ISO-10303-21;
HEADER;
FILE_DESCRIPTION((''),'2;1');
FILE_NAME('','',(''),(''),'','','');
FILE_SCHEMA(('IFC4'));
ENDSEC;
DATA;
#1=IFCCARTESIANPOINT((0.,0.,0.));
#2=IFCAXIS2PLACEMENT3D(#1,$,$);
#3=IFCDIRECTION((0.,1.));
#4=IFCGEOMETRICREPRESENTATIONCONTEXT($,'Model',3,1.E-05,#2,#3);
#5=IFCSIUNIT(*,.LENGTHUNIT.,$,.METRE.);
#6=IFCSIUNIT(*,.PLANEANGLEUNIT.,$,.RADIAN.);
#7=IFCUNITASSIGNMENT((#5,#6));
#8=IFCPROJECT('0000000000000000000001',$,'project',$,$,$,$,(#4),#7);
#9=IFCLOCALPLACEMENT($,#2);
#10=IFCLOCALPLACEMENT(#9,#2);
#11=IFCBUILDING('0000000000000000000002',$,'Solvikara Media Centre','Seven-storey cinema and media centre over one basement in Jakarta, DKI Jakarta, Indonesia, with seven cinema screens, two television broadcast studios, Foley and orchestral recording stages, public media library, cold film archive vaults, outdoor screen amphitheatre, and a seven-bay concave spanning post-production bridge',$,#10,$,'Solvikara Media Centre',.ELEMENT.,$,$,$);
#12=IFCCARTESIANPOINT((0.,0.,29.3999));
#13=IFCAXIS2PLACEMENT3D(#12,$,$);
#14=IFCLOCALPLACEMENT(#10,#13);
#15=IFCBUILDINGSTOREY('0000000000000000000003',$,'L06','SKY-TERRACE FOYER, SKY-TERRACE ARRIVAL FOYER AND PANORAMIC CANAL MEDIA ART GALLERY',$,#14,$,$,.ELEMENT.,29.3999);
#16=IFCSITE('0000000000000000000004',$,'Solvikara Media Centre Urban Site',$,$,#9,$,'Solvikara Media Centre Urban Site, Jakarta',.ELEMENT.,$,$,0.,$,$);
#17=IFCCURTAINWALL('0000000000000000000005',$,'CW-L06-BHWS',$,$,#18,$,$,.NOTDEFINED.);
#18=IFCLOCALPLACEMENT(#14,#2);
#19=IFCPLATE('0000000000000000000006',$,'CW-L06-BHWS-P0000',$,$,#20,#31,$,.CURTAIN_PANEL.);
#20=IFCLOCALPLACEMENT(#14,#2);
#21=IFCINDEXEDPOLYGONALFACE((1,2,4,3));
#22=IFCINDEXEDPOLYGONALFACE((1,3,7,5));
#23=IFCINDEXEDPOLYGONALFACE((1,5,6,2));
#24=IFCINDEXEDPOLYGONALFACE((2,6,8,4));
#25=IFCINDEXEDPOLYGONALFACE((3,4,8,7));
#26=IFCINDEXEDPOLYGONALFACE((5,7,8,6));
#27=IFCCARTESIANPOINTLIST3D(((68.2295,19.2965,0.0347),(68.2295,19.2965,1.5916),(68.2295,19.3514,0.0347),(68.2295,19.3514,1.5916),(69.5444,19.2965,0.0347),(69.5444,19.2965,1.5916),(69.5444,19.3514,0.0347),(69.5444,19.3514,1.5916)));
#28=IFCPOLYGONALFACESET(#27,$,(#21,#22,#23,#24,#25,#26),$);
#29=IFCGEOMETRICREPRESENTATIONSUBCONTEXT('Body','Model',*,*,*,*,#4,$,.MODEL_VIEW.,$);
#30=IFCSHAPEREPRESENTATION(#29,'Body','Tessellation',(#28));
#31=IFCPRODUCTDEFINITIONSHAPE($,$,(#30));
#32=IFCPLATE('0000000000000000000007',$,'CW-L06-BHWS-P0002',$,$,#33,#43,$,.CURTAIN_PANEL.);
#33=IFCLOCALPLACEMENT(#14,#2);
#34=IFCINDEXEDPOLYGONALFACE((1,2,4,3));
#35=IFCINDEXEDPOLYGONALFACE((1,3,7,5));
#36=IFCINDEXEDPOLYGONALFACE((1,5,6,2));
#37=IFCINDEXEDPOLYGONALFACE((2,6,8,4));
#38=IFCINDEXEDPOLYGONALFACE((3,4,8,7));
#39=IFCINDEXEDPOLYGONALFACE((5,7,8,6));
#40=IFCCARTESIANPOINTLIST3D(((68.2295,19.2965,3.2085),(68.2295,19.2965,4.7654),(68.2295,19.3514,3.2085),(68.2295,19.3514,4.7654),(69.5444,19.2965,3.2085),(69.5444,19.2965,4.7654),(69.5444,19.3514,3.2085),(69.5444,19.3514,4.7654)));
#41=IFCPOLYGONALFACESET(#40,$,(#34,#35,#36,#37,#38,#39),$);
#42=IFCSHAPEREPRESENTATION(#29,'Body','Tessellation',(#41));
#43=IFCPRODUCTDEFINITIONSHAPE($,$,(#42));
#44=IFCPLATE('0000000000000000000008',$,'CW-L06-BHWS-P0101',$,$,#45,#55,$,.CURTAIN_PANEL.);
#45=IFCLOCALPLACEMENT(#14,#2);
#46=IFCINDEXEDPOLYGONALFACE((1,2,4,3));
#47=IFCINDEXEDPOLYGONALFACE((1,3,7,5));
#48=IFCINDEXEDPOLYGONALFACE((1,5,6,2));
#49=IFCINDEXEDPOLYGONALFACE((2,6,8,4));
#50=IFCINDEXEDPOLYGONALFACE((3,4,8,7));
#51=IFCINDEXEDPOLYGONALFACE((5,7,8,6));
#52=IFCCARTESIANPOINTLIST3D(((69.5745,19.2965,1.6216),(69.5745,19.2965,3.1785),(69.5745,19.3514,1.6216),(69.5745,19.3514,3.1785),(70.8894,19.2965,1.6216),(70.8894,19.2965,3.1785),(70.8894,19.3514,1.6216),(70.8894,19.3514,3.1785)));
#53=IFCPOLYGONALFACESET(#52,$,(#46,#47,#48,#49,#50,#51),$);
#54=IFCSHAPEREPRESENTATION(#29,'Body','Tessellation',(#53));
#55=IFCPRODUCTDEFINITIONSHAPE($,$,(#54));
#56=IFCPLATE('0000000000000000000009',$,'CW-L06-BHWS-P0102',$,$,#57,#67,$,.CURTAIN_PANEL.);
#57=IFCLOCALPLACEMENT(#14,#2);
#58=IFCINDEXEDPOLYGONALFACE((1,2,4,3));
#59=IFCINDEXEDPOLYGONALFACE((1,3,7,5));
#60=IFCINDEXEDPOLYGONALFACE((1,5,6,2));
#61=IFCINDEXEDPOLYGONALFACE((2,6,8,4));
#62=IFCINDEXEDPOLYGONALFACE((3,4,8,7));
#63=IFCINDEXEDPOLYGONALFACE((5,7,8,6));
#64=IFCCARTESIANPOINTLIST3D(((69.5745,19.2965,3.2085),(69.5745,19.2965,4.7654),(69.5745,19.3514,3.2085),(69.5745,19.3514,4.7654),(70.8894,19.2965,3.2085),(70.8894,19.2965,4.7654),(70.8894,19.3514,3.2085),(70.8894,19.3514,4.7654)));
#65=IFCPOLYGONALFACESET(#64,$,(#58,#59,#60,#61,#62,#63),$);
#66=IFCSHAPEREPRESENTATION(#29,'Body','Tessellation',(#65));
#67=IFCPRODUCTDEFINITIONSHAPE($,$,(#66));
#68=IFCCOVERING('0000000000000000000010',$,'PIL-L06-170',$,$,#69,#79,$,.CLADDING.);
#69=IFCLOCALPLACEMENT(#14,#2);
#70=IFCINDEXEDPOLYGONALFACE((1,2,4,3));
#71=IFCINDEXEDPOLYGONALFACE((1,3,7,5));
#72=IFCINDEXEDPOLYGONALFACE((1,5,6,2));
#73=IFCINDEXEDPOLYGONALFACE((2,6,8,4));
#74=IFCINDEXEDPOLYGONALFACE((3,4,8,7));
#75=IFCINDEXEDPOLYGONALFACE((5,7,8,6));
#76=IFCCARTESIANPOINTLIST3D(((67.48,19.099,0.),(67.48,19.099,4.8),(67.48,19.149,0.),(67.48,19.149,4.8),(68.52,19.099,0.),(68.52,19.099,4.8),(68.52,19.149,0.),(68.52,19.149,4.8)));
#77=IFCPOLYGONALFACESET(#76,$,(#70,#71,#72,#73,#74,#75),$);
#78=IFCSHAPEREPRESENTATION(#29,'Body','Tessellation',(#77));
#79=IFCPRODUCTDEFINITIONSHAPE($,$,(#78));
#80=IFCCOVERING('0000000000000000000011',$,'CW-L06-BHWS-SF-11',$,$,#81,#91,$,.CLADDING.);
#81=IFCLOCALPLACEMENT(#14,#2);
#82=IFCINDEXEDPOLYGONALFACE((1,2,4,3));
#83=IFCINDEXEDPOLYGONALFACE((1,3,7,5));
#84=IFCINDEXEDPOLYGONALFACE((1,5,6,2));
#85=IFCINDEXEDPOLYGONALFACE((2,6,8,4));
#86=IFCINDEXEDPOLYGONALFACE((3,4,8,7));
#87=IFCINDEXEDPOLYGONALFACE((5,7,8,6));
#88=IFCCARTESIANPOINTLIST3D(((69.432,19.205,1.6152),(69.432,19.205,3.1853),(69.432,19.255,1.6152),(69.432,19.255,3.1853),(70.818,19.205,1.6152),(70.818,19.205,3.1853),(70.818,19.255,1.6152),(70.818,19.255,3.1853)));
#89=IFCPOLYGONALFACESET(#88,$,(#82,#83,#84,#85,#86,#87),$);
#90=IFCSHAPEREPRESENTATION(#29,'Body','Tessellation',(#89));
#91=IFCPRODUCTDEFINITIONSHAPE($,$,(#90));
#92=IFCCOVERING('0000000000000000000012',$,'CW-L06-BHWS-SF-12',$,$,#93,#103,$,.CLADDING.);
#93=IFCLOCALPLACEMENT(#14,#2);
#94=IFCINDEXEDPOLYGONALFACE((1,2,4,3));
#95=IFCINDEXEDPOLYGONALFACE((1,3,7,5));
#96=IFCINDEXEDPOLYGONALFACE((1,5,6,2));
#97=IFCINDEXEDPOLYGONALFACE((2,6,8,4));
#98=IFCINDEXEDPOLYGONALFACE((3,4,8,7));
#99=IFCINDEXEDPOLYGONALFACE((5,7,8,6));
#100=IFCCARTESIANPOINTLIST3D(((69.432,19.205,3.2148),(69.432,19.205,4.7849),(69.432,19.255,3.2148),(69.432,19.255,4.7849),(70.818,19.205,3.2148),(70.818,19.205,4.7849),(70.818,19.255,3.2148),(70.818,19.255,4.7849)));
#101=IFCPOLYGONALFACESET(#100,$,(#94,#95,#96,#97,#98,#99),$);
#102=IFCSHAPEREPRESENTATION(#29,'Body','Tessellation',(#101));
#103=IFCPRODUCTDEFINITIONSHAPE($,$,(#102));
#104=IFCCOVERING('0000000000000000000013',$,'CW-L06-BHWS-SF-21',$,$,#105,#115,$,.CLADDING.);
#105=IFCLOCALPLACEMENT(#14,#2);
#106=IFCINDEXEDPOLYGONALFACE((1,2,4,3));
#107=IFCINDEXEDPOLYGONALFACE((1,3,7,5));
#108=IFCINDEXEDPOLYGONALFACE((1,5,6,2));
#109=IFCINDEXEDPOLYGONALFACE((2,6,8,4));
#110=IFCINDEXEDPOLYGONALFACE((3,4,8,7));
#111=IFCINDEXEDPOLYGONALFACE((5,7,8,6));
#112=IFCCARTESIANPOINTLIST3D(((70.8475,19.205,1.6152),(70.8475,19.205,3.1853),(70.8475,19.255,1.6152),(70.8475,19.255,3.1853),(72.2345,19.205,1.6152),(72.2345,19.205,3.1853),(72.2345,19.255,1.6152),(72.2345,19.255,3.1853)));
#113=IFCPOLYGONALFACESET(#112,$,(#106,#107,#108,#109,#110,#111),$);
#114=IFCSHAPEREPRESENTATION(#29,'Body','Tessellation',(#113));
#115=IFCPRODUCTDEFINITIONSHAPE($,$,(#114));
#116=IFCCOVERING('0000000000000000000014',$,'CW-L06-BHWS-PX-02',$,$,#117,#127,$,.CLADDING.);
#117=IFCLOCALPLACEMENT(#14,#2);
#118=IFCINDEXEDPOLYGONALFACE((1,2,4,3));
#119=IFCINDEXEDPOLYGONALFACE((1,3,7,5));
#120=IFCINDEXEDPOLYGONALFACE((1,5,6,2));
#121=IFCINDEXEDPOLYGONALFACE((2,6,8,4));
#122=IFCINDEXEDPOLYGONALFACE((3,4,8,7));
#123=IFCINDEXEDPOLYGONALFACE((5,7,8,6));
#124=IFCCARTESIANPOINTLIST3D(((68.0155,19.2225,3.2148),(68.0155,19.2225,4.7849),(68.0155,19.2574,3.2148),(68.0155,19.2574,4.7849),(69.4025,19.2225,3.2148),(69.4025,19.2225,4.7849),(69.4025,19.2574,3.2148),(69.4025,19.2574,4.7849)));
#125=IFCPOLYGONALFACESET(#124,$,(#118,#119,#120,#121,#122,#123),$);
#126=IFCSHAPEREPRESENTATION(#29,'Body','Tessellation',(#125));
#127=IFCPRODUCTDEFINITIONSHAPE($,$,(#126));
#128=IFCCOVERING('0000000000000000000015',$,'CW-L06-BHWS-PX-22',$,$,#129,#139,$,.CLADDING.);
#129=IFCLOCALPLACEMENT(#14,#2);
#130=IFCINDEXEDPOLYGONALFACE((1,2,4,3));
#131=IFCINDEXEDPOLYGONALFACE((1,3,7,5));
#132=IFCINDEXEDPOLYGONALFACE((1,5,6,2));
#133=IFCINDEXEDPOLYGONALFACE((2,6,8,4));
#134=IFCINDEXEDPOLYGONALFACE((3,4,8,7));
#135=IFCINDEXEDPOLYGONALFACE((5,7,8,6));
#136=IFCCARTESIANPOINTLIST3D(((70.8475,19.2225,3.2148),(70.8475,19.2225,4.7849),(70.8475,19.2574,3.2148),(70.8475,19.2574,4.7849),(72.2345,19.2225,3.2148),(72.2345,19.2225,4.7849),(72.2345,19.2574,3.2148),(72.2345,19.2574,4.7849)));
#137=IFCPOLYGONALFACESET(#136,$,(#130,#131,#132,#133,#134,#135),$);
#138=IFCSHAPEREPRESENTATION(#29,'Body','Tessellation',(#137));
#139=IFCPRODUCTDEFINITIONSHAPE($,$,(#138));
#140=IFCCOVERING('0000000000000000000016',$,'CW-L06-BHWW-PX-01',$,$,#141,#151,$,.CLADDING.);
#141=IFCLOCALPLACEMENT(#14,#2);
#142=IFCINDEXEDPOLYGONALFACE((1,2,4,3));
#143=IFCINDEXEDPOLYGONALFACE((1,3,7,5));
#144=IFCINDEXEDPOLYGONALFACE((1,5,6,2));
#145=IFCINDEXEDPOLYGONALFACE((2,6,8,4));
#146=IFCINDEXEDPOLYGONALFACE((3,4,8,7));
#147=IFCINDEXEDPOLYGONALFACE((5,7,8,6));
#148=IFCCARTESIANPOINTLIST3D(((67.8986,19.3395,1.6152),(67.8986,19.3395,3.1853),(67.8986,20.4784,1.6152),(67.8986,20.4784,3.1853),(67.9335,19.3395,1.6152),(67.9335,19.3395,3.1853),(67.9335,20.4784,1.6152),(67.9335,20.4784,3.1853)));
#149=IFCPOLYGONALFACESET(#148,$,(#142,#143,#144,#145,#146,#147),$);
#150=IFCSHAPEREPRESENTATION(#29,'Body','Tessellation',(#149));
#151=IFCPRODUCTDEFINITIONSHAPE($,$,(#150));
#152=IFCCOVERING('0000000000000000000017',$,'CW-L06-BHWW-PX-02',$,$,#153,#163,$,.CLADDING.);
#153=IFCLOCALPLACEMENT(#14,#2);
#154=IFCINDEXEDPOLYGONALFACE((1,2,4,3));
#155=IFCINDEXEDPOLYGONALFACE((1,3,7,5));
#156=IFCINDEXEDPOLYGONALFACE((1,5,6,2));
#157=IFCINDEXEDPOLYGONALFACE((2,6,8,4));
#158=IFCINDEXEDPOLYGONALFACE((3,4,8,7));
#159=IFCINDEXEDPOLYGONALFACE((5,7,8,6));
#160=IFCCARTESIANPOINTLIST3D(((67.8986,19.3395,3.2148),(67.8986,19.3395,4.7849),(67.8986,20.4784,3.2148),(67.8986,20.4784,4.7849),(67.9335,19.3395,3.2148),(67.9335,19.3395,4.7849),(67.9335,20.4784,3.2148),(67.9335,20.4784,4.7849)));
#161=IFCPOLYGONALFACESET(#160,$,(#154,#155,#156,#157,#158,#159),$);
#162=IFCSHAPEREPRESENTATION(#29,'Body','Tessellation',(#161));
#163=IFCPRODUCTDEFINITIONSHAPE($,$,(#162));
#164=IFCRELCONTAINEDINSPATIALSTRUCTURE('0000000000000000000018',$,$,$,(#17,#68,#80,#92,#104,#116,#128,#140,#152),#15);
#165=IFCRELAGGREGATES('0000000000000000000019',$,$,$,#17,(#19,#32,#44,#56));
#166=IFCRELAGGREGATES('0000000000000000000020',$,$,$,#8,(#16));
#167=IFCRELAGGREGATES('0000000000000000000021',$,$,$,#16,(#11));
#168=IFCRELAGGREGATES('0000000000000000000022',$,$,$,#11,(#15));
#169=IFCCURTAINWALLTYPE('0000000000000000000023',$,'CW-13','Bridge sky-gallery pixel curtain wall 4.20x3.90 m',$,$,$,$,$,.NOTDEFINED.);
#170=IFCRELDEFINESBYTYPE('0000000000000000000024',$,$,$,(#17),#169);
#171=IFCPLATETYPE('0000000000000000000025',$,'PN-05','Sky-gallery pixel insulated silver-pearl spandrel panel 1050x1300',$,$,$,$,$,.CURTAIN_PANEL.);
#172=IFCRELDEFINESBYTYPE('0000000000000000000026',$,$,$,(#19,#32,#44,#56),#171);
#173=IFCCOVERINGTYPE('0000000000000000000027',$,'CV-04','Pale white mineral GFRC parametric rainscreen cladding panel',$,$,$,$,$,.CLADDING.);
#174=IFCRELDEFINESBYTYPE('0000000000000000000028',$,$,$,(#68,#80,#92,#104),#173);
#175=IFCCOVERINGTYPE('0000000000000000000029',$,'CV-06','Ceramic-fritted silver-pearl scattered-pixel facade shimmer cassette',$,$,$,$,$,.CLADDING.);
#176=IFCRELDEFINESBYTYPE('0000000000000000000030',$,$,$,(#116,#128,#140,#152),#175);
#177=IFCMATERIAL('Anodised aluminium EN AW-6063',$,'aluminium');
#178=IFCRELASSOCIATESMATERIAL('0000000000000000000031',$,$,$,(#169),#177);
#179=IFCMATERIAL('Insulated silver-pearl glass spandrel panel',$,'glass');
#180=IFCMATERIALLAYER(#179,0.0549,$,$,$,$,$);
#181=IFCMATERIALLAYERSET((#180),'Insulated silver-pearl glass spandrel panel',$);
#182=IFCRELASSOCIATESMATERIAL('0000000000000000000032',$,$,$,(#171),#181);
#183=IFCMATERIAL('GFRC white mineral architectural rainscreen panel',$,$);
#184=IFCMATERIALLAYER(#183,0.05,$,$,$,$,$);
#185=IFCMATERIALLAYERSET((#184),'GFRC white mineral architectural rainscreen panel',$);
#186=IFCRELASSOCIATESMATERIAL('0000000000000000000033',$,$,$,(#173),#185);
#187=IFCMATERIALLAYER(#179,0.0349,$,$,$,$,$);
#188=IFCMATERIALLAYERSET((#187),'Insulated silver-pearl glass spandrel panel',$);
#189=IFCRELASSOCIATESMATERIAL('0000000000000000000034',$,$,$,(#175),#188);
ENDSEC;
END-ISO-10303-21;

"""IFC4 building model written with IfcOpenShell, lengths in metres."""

from ifc_helpers import new_model, si_unit, direction, frame, origin, origin_2d, place, context, subcontext, project, spatial, rectangle, extrude, material, layer, layer_set, type_object, element, aggregate, save


model = new_model("IFC4")

# Units and contexts
model_context = context("Model", 3, precision=1e-05, world=origin(), true_north=direction((0.0, 1.0)))
body_context = subcontext(model_context, "Body", "Model", "MODEL_VIEW")
ifc_project = project(units=[si_unit("LENGTHUNIT", "METRE"), si_unit("PLANEANGLEUNIT", "RADIAN")], contexts=[model_context])

# Site, building, storey
site_placement = place(None, origin())
site = spatial("IfcSite", under=ifc_project, at=site_placement, Name="Solvikara Media Centre Urban Site", LongName="Solvikara Media Centre Urban Site, Jakarta", CompositionType="ELEMENT", RefElevation=0.0)
building_placement = place(site_placement, origin())
building = spatial("IfcBuilding", under=site, at=building_placement, Name="Solvikara Media Centre", Description="Seven-storey cinema and media centre over one basement in Jakarta, DKI Jakarta, Indonesia, with seven cinema screens, two television broadcast studios, Foley and orchestral recording stages, public media library, cold film archive vaults, outdoor screen amphitheatre, and a seven-bay concave spanning post-production bridge", LongName="Solvikara Media Centre", CompositionType="ELEMENT")
storey_placement = place(building_placement, frame((0.0, 0.0, 29.3999)))
storey = spatial("IfcBuildingStorey", under=building, at=storey_placement, Name="L06", Description="SKY-TERRACE FOYER, SKY-TERRACE ARRIVAL FOYER AND PANORAMIC CANAL MEDIA ART GALLERY", CompositionType="ELEMENT", Elevation=29.3999)

# Curtain wall
ifc_material_1 = material(Name="Anodised aluminium EN AW-6063", Category="aluminium")
curtain_wall_type = type_object("IfcCurtainWallType", Name="CW-13", Description="Bridge sky-gallery pixel curtain wall 4.20x3.90 m", PredefinedType="NOTDEFINED", material=ifc_material_1)
curtain_wall_1_placement = place(storey_placement, origin())
curtain_wall_1 = element("IfcCurtainWall", 1, at=curtain_wall_1_placement, inside=storey, type_object=curtain_wall_type, Name="CW-L06-BHWS", PredefinedType="NOTDEFINED")

# Plates
ifc_material_2 = material(Name="Insulated silver-pearl glass spandrel panel", Category="glass")
ifc_layer_1 = layer(ifc_material_2, 0.0549)
ifc_layer_set_1 = layer_set([ifc_layer_1], Name="Insulated silver-pearl glass spandrel panel")
plate_type_1 = type_object("IfcPlateType", Name="PN-05", Description="Sky-gallery pixel insulated silver-pearl spandrel panel 1050x1300", PredefinedType="CURTAIN_PANEL", material=ifc_layer_set_1)
plate_1_placement = place(storey_placement, frame((68.887, 19.324, 0.0347), z_axis=(0.0, 0.0, 1.0), x_axis=(1.0, 0.0, 0.0)))
plate_1 = element("IfcPlate", 2, at=plate_1_placement, type_object=plate_type_1, Name="CW-L06-BHWS-P0000", PredefinedType="CURTAIN_PANEL", context=body_context, shape_type="SweptSolid", body=[
    extrude(rectangle(XDim=1.3149, YDim=0.0549, at=origin_2d()), origin(), (0.0, 0.0, 1.0), 1.5569),
])
plate_2_placement = place(storey_placement, frame((68.887, 19.324, 3.2085), z_axis=(0.0, 0.0, 1.0), x_axis=(1.0, 0.0, 0.0)))
plate_2 = element("IfcPlate", 3, at=plate_2_placement, type_object=plate_type_1, Name="CW-L06-BHWS-P0002", PredefinedType="CURTAIN_PANEL", context=body_context, shape_type="SweptSolid", body=[
    extrude(rectangle(XDim=1.3149, YDim=0.0549, at=origin_2d()), origin(), (0.0, 0.0, 1.0), 1.5569),
])
plate_3_placement = place(storey_placement, frame((70.2319, 19.324, 1.6216), z_axis=(0.0, 0.0, 1.0), x_axis=(1.0, 0.0, 0.0)))
plate_3 = element("IfcPlate", 4, at=plate_3_placement, type_object=plate_type_1, Name="CW-L06-BHWS-P0101", PredefinedType="CURTAIN_PANEL", context=body_context, shape_type="SweptSolid", body=[
    extrude(rectangle(XDim=1.3149, YDim=0.0549, at=origin_2d()), origin(), (0.0, 0.0, 1.0), 1.5569),
])
plate_4_placement = place(storey_placement, frame((70.2319, 19.324, 3.2085), z_axis=(0.0, 0.0, 1.0), x_axis=(1.0, 0.0, 0.0)))
plate_4 = element("IfcPlate", 5, at=plate_4_placement, type_object=plate_type_1, Name="CW-L06-BHWS-P0102", PredefinedType="CURTAIN_PANEL", context=body_context, shape_type="SweptSolid", body=[
    extrude(rectangle(XDim=1.3149, YDim=0.0549, at=origin_2d()), origin(), (0.0, 0.0, 1.0), 1.5569),
])
aggregate(curtain_wall_1, [plate_1, plate_2, plate_3, plate_4])

# Coverings
ifc_material_3 = material(Name="GFRC white mineral architectural rainscreen panel")
ifc_layer_2 = layer(ifc_material_3, 0.05)
ifc_layer_set_2 = layer_set([ifc_layer_2], Name="GFRC white mineral architectural rainscreen panel")
covering_type_1 = type_object("IfcCoveringType", Name="CV-04", Description="Pale white mineral GFRC parametric rainscreen cladding panel", PredefinedType="CLADDING", material=ifc_layer_set_2)
covering_1_placement = place(storey_placement, frame((68.0, 19.124, 0.0), z_axis=(0.0, 0.0, 1.0), x_axis=(1.0, 0.0, 0.0)))
element("IfcCovering", 6, at=covering_1_placement, inside=storey, type_object=covering_type_1, Name="PIL-L06-170", PredefinedType="CLADDING", context=body_context, shape_type="SweptSolid", body=[
    extrude(rectangle(XDim=1.04, YDim=0.05, at=origin_2d()), origin(), (0.0, 0.0, 1.0), 4.8),
])
for number, where, z_axis, x_axis, name in (
    (7, (70.125, 19.23, 1.6152), (0.0, 0.0, 1.0), (1.0, 0.0, 0.0), "CW-L06-BHWS-SF-11"),
    (8, (70.125, 19.23, 3.2148), (0.0, 0.0, 1.0), (1.0, 0.0, 0.0), "CW-L06-BHWS-SF-12"),
):
    element("IfcCovering", number, at=place(storey_placement, frame(where, z_axis=z_axis, x_axis=x_axis)), inside=storey, type_object=covering_type_1, Name=name, PredefinedType="CLADDING", context=body_context, shape_type="SweptSolid", body=[
        extrude(rectangle(XDim=1.386, YDim=0.05, at=origin_2d()), origin(), (0.0, 0.0, 1.0), 1.5701),
    ])
covering_2_placement = place(storey_placement, frame((71.541, 19.23, 1.6152), z_axis=(0.0, 0.0, 1.0), x_axis=(1.0, 0.0, 0.0)))
element("IfcCovering", 9, at=covering_2_placement, inside=storey, type_object=covering_type_1, Name="CW-L06-BHWS-SF-21", PredefinedType="CLADDING", context=body_context, shape_type="SweptSolid", body=[
    extrude(rectangle(XDim=1.387, YDim=0.05, at=origin_2d()), origin(), (0.0, 0.0, 1.0), 1.5701),
])
ifc_layer_3 = layer(ifc_material_2, 0.0349)
ifc_layer_set_3 = layer_set([ifc_layer_3], Name="Insulated silver-pearl glass spandrel panel")
covering_type_2 = type_object("IfcCoveringType", Name="CV-06", Description="Ceramic-fritted silver-pearl scattered-pixel facade shimmer cassette", PredefinedType="CLADDING", material=ifc_layer_set_3)
for number, where, z_axis, x_axis, name in (
    (10, (68.709, 19.24, 3.2148), (0.0, 0.0, 1.0), (1.0, 0.0, 0.0), "CW-L06-BHWS-PX-02"),
    (11, (71.541, 19.24, 3.2148), (0.0, 0.0, 1.0), (1.0, 0.0, 0.0), "CW-L06-BHWS-PX-22"),
):
    element("IfcCovering", number, at=place(storey_placement, frame(where, z_axis=z_axis, x_axis=x_axis)), inside=storey, type_object=covering_type_2, Name=name, PredefinedType="CLADDING", context=body_context, shape_type="SweptSolid", body=[
        extrude(rectangle(XDim=1.387, YDim=0.0349, at=origin_2d()), origin(), (0.0, 0.0, 1.0), 1.5701),
    ])
for number, where, z_axis, x_axis, name in (
    (12, (67.916, 19.9089, 1.6152), (0.0, 0.0, 1.0), (0.0, 1.0, 0.0), "CW-L06-BHWW-PX-01"),
    (13, (67.916, 19.9089, 3.2148), (0.0, 0.0, 1.0), (0.0, 1.0, 0.0), "CW-L06-BHWW-PX-02"),
):
    element("IfcCovering", number, at=place(storey_placement, frame(where, z_axis=z_axis, x_axis=x_axis)), inside=storey, type_object=covering_type_2, Name=name, PredefinedType="CLADDING", context=body_context, shape_type="SweptSolid", body=[
        extrude(rectangle(XDim=1.1389, YDim=0.0349, at=origin_2d()), origin(), (0.0, 0.0, 1.0), 1.5701),
    ])

save(model, "model.ifc")
